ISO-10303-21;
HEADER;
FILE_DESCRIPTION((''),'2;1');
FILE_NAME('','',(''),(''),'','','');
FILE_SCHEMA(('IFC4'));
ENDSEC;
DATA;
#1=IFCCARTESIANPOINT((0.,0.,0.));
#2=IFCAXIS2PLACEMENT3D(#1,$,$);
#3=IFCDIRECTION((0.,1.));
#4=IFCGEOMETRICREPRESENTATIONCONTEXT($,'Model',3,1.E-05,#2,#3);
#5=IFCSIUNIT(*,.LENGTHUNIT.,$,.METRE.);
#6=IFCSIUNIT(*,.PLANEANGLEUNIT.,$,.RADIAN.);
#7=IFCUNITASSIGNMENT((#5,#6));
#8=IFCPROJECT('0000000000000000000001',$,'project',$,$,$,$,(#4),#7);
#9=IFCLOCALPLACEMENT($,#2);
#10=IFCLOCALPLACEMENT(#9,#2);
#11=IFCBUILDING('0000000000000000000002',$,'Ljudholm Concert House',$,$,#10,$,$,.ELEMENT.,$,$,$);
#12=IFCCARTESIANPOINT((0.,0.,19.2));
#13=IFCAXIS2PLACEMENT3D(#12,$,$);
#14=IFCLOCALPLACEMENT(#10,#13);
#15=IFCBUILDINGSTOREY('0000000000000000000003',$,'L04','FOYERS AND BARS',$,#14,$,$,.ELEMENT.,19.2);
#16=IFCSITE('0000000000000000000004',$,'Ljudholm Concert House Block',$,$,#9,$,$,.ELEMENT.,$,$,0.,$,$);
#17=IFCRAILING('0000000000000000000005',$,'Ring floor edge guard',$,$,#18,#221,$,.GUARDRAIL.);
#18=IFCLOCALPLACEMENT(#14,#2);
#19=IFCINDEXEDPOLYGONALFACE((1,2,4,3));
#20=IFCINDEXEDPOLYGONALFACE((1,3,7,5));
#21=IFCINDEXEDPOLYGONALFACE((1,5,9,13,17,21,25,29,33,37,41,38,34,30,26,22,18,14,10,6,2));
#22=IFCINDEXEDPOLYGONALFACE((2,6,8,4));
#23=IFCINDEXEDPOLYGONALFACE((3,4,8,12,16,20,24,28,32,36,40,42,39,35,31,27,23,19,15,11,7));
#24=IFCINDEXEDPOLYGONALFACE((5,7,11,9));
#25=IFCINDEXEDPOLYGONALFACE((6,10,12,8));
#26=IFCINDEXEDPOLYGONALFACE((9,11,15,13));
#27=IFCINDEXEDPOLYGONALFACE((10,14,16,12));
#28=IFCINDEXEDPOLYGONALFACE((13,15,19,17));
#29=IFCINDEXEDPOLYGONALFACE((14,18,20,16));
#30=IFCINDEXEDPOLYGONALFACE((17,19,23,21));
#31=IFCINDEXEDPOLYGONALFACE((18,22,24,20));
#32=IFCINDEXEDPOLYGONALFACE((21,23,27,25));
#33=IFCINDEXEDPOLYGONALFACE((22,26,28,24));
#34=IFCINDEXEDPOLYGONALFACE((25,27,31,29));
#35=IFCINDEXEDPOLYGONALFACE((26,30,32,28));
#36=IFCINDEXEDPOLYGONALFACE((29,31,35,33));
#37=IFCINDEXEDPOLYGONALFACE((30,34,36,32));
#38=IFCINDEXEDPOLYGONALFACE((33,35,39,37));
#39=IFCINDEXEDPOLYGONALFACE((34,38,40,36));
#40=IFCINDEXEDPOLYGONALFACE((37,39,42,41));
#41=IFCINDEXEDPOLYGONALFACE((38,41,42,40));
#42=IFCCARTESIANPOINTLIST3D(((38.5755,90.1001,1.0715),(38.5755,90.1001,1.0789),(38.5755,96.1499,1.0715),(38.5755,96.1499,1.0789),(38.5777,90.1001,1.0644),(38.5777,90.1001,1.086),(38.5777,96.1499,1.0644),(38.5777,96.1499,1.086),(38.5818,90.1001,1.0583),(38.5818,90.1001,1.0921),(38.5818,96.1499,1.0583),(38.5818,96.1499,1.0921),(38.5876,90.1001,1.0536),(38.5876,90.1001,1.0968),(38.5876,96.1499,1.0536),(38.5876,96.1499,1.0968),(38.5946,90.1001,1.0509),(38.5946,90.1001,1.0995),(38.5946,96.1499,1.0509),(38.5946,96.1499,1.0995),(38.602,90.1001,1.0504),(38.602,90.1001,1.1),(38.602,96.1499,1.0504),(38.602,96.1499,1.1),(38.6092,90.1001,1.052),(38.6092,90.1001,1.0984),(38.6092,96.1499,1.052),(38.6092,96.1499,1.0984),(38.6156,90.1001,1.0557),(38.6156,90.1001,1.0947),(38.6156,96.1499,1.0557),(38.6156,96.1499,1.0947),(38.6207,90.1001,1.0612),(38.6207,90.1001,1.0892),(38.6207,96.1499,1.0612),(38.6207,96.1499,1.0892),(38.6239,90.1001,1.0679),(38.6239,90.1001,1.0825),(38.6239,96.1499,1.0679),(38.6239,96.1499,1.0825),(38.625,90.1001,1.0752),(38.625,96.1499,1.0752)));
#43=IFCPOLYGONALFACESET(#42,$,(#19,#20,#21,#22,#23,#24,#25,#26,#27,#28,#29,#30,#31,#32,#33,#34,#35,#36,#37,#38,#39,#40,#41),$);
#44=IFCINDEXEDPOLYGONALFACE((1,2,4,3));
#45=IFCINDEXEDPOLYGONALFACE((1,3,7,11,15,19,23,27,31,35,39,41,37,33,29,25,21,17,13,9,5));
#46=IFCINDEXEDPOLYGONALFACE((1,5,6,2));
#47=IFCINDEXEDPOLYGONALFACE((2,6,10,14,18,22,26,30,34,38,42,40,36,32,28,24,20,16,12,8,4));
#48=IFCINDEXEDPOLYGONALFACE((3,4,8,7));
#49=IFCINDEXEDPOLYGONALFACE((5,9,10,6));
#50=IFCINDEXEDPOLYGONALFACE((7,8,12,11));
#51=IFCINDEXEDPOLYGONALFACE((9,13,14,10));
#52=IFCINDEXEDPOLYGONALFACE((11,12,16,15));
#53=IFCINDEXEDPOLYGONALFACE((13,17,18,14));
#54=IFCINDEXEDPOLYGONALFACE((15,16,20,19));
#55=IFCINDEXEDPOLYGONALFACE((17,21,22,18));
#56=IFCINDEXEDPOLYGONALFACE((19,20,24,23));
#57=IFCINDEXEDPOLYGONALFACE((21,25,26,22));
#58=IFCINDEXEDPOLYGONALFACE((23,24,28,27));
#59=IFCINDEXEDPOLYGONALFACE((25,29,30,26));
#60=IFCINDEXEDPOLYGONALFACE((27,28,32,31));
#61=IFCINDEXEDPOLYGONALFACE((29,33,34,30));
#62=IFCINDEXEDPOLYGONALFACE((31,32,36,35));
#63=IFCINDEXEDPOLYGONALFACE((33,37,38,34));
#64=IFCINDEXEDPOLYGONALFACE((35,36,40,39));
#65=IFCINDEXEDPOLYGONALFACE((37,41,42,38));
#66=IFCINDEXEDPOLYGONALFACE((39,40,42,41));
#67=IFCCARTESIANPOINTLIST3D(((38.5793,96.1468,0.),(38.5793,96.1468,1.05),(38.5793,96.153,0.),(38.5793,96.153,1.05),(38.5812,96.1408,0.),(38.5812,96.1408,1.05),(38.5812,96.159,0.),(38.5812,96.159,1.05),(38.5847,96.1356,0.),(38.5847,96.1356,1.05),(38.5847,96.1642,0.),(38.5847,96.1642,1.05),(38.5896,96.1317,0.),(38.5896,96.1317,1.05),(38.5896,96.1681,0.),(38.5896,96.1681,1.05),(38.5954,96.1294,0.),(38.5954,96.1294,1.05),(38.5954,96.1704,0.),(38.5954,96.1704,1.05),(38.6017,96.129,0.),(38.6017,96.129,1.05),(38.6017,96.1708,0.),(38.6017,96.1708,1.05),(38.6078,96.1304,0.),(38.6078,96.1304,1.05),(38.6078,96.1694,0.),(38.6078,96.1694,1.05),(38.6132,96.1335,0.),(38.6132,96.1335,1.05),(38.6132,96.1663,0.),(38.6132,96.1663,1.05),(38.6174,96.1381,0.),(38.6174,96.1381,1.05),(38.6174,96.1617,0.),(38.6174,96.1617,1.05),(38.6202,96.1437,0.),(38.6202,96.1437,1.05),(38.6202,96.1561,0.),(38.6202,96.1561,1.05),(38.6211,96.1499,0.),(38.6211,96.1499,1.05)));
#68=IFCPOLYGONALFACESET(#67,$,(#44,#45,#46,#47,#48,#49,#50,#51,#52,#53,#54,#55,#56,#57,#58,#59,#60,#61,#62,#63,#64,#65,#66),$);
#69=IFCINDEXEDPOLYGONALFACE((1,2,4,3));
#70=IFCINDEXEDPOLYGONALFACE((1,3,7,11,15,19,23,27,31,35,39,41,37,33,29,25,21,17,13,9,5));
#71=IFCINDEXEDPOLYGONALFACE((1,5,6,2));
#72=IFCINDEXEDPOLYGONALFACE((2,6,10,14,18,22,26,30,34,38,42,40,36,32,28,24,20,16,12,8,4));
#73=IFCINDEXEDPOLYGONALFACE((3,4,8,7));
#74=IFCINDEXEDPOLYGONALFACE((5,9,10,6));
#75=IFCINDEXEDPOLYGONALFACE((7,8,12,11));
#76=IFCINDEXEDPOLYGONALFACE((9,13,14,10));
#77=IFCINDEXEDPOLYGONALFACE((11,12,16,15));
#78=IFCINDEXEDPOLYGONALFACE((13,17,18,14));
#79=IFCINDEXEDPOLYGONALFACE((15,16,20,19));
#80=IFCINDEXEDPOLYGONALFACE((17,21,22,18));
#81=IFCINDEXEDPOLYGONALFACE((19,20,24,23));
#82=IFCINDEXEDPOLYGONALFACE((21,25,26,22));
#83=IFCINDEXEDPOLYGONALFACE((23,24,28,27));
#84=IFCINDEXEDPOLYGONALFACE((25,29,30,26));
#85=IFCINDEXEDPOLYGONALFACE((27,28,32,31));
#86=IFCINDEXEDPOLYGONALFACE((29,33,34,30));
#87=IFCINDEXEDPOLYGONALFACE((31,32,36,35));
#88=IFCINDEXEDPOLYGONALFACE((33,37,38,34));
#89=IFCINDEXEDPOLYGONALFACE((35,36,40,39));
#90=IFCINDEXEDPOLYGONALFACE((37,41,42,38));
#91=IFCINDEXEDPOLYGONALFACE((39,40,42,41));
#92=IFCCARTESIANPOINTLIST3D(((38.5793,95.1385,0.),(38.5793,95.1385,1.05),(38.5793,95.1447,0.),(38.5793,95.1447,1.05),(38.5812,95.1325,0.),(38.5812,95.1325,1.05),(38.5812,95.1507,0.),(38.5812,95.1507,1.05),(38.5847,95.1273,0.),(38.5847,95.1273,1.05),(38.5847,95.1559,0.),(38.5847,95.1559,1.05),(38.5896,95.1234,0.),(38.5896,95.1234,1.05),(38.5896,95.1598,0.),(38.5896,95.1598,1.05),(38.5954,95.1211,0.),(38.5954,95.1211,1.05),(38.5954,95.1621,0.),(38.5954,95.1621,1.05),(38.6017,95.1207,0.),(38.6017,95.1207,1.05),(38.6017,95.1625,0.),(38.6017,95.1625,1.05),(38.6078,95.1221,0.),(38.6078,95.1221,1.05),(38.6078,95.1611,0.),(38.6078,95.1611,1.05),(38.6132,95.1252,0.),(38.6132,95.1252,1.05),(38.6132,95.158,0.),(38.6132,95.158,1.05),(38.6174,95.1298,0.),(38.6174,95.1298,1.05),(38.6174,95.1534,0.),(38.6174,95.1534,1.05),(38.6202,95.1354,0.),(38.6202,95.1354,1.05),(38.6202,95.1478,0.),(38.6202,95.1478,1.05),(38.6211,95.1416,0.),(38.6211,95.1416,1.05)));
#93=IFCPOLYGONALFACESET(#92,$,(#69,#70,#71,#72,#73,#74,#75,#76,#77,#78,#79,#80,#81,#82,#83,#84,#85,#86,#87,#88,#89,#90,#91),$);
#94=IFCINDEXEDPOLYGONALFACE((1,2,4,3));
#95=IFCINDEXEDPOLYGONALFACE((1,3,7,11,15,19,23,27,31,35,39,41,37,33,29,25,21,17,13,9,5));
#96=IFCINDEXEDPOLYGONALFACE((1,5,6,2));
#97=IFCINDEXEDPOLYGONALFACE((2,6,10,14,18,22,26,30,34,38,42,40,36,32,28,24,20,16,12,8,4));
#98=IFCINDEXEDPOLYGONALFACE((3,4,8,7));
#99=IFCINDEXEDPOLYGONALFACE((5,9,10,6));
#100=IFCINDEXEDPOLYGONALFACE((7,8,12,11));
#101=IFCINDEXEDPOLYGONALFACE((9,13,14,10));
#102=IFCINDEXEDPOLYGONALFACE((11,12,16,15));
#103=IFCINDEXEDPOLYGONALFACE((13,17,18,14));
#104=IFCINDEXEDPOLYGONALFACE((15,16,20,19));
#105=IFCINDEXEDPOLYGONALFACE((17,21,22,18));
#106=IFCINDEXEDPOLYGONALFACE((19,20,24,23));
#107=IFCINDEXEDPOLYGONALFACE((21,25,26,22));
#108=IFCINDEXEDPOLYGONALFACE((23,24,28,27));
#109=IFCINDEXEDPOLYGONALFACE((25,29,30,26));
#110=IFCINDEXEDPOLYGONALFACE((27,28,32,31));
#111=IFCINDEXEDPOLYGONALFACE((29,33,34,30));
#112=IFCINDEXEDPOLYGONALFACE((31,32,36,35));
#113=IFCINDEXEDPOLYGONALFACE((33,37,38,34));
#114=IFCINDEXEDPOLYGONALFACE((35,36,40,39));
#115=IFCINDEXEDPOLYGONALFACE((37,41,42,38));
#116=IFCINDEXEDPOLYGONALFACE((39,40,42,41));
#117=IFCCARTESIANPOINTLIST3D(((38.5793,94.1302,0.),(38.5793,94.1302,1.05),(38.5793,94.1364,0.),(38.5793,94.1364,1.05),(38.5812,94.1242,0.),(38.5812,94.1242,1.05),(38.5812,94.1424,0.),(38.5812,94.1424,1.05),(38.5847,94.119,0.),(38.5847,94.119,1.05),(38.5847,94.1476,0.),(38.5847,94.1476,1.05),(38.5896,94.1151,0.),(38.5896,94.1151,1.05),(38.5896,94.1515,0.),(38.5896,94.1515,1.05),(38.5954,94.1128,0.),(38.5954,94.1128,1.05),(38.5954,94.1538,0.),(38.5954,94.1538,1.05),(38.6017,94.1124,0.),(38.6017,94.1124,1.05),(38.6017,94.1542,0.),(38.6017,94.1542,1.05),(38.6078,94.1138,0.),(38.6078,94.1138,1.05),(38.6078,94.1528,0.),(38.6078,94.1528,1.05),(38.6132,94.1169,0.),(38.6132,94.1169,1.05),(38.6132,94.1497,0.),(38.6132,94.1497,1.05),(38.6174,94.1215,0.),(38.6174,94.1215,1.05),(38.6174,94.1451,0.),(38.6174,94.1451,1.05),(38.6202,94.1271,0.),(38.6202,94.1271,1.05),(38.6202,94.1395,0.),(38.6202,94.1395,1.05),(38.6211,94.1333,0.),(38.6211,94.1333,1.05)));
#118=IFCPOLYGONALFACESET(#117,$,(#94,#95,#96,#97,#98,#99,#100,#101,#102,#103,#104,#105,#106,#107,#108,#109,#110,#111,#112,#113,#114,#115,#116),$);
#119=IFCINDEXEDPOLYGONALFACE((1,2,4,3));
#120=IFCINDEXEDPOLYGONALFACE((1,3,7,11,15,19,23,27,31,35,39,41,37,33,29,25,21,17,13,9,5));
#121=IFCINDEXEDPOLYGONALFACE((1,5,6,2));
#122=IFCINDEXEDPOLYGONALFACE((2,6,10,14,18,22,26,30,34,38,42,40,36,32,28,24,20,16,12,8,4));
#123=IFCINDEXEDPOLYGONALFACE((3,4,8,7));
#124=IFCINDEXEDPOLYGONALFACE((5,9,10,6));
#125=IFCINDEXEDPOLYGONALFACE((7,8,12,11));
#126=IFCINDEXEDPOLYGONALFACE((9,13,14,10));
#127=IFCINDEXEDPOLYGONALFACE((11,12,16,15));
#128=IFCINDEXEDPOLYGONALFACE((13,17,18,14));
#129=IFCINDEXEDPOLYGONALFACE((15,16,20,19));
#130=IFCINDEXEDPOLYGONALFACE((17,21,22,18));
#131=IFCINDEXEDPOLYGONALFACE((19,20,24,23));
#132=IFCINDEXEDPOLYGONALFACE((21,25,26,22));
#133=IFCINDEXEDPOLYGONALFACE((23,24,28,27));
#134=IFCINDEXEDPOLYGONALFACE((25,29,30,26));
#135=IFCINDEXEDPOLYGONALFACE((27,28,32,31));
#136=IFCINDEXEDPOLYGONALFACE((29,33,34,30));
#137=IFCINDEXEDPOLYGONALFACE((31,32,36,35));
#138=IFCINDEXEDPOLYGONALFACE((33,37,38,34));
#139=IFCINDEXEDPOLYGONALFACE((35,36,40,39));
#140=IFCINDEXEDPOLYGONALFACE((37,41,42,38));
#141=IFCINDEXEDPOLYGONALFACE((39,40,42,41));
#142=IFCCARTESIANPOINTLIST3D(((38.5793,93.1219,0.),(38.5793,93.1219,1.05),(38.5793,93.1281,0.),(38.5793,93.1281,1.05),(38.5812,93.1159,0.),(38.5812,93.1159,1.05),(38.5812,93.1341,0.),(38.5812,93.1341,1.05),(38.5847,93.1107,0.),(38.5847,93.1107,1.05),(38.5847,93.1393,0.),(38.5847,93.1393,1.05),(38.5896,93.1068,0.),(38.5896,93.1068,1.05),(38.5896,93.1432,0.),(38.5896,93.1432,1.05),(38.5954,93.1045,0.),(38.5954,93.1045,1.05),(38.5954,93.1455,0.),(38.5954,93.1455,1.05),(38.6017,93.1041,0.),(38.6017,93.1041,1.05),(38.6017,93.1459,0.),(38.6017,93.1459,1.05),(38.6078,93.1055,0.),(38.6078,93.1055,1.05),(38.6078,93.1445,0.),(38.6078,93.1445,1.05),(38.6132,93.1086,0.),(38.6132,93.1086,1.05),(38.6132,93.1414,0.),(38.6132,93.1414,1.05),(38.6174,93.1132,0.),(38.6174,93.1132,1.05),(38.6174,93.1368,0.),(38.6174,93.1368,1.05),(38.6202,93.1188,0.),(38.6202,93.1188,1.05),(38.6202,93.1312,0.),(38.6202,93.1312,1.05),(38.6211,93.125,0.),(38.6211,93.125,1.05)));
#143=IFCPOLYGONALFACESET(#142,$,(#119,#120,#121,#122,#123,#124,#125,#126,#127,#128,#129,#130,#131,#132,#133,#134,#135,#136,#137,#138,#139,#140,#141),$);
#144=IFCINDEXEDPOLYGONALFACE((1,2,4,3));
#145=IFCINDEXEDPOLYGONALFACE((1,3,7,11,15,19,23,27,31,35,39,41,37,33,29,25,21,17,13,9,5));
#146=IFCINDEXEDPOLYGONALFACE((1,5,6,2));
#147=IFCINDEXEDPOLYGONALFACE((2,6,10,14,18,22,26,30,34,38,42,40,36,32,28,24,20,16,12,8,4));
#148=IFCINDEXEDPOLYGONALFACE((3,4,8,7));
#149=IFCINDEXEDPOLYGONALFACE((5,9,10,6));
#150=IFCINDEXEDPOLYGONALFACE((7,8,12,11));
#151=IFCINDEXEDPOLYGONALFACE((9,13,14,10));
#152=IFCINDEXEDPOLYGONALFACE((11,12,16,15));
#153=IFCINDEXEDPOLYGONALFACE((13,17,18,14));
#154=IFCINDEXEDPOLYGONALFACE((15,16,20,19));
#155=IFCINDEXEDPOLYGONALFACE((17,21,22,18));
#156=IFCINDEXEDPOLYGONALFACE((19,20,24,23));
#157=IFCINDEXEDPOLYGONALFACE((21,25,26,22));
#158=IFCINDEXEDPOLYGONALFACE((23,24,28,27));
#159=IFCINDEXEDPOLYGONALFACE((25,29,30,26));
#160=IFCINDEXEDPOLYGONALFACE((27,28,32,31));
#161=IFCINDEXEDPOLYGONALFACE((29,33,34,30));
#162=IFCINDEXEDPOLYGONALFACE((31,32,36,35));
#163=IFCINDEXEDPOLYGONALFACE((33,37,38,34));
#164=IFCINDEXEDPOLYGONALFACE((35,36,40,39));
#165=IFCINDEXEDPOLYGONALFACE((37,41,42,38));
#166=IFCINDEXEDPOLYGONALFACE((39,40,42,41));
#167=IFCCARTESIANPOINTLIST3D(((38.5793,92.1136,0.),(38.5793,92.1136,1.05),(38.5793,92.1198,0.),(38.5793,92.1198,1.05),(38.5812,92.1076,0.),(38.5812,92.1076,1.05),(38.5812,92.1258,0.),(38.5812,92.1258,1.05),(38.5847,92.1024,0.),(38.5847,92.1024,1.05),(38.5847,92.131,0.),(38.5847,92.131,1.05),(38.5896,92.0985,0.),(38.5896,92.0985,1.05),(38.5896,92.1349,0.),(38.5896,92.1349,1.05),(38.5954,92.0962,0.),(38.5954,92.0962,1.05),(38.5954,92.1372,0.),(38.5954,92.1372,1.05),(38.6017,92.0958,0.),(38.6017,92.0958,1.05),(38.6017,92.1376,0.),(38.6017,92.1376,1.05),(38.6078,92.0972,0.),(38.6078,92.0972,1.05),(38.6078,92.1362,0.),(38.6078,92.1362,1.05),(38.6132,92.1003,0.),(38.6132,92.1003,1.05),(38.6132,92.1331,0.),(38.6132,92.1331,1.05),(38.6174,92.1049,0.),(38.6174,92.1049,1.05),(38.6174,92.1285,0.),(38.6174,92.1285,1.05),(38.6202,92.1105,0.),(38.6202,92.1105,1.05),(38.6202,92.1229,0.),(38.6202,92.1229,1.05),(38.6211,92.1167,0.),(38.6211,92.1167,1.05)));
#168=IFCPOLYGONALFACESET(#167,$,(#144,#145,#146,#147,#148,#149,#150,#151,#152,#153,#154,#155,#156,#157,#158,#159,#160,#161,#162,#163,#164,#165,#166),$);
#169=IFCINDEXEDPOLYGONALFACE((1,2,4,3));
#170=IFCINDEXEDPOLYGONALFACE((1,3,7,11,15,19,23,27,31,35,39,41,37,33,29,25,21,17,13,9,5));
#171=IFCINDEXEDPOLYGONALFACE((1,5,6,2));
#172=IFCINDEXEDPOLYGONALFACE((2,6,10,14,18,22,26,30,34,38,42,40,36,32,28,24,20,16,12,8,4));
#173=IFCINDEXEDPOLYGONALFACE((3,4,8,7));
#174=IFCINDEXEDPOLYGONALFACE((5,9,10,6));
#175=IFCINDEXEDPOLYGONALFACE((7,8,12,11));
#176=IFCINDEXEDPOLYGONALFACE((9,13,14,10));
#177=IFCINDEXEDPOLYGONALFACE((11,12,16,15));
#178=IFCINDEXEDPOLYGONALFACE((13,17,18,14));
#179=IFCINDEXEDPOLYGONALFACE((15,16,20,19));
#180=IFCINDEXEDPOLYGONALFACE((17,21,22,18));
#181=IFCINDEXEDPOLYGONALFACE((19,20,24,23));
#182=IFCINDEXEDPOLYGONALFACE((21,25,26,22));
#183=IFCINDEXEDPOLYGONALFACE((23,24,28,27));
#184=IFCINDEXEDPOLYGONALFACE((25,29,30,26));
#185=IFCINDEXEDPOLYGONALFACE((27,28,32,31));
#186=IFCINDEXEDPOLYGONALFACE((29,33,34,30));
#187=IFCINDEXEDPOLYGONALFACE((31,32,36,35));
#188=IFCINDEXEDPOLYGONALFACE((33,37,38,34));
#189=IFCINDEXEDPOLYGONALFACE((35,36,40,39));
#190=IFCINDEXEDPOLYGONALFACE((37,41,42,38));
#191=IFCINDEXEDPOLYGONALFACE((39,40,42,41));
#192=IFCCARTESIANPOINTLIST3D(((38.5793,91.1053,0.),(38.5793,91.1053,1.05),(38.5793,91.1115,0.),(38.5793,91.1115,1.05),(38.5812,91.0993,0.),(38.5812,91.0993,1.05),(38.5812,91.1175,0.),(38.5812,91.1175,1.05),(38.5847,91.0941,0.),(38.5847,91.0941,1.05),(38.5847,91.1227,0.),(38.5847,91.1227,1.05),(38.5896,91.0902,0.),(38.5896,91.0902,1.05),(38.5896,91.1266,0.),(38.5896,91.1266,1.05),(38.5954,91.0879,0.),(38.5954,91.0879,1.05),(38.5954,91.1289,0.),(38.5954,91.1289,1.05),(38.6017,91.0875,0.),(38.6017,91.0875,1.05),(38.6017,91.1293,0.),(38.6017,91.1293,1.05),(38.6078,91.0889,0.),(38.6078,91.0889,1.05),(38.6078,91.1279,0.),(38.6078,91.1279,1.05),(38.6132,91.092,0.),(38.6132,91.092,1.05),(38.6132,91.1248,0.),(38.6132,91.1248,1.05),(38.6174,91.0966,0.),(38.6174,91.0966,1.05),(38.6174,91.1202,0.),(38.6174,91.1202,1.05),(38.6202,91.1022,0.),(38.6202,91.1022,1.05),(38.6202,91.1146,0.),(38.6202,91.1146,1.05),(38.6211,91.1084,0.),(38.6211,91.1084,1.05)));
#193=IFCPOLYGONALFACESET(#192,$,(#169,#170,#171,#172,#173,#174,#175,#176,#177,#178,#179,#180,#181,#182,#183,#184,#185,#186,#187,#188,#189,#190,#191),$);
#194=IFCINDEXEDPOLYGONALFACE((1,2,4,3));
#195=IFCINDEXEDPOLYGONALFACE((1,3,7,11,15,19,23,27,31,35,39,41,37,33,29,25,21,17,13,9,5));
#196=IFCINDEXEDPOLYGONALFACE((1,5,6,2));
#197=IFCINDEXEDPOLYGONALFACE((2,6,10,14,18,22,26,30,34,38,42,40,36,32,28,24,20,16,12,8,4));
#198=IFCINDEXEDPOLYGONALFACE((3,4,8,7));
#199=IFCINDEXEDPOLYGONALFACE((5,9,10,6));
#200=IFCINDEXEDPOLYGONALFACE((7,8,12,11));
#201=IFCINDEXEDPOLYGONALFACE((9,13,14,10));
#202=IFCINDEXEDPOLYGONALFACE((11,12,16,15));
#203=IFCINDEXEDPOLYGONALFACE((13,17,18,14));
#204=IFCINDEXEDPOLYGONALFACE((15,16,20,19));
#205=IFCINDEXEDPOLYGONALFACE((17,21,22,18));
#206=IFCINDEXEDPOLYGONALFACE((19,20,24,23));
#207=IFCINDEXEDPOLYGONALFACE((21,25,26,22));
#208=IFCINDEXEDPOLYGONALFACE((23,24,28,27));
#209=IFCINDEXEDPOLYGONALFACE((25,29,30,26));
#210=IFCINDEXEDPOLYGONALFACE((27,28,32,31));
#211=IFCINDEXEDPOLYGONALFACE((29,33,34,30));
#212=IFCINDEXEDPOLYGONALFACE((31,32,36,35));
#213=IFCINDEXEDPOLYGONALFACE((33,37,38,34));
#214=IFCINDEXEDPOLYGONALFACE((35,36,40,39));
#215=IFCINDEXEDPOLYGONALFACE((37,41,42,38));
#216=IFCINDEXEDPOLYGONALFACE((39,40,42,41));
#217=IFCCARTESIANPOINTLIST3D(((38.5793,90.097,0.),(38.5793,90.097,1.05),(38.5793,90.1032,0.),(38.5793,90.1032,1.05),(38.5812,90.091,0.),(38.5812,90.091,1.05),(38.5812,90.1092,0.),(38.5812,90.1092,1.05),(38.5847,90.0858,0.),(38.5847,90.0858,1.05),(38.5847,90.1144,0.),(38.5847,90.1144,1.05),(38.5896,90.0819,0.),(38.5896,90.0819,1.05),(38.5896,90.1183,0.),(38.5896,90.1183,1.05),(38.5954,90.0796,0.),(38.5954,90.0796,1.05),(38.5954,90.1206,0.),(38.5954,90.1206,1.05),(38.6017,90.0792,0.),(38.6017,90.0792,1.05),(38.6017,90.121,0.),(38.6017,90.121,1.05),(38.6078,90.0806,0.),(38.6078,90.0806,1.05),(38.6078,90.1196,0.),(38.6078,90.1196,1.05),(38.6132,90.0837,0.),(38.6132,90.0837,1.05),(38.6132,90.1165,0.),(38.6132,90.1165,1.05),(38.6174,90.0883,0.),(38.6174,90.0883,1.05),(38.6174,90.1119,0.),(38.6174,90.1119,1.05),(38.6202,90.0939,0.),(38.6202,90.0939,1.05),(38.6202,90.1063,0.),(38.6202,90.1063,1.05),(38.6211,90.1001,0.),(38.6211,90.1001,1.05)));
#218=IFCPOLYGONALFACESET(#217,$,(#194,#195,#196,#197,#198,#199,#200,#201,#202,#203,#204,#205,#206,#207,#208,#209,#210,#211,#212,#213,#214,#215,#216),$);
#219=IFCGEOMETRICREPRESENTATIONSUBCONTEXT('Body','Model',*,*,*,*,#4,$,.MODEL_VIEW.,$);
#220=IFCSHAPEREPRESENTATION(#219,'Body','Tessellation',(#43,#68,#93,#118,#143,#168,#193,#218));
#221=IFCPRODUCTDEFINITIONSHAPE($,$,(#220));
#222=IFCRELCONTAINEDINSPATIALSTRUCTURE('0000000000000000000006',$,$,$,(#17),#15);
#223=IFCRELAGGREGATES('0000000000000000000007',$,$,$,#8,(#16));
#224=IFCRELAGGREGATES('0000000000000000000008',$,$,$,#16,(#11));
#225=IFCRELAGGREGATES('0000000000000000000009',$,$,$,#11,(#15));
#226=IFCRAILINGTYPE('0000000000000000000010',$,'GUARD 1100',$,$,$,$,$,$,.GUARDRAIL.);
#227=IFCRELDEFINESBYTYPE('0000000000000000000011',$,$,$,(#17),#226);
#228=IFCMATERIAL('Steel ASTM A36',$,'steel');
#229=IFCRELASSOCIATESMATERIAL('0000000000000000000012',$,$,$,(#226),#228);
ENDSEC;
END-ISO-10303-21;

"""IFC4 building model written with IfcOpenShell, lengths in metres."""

from ifc_helpers import new_model, si_unit, direction, frame, origin, origin_2d, place, context, subcontext, project, spatial, circle, extrude, material, type_object, element, save


model = new_model("IFC4")

# Units and contexts
model_context = context("Model", 3, precision=1e-05, world=origin(), true_north=direction((0.0, 1.0)))
body_context = subcontext(model_context, "Body", "Model", "MODEL_VIEW")
ifc_project = project(units=[si_unit("LENGTHUNIT", "METRE"), si_unit("PLANEANGLEUNIT", "RADIAN")], contexts=[model_context])

# Site, building, storey
site_placement = place(None, origin())
site = spatial("IfcSite", under=ifc_project, at=site_placement, Name="Ljudholm Concert House Block", CompositionType="ELEMENT", RefElevation=0.0)
building_placement = place(site_placement, origin())
building = spatial("IfcBuilding", under=site, at=building_placement, Name="Ljudholm Concert House", CompositionType="ELEMENT")
storey_placement = place(building_placement, frame((0.0, 0.0, 19.2)))
storey = spatial("IfcBuildingStorey", under=building, at=storey_placement, Name="L04", Description="FOYERS AND BARS", CompositionType="ELEMENT", Elevation=19.2)

# Railing
ifc_material_1 = material(Name="Steel ASTM A36", Category="steel")
railing_type = type_object("IfcRailingType", Name="GUARD 1100", PredefinedType="GUARDRAIL", material=ifc_material_1)
railing_placement = place(storey_placement, frame((38.6001, 96.1499, 0.0)))
element("IfcRailing", 1, at=railing_placement, inside=storey, type_object=railing_type, Name="Ring floor edge guard", PredefinedType="GUARDRAIL", context=body_context, shape_type="SweptSolid", body=[
    extrude(circle(Radius=0.0249, at=origin_2d()), frame((0.0, 0.0, 1.0752), z_axis=(0.0, -1.0, 0.0), x_axis=(1.0, 0.0, 0.0)), (0.0, 0.0, 1.0), 6.0498),
    extrude(circle(Radius=0.021, at=origin_2d()), origin(), (0.0, 0.0, 1.0), 1.05),
    extrude(circle(Radius=0.021, at=origin_2d()), frame((0.0, -1.0083, 0.0)), (0.0, 0.0, 1.0), 1.05),
    extrude(circle(Radius=0.021, at=origin_2d()), frame((0.0, -2.0166, 0.0)), (0.0, 0.0, 1.0), 1.05),
    extrude(circle(Radius=0.021, at=origin_2d()), frame((0.0, -3.0249, 0.0)), (0.0, 0.0, 1.0), 1.05),
    extrude(circle(Radius=0.021, at=origin_2d()), frame((0.0, -4.0332, 0.0)), (0.0, 0.0, 1.0), 1.05),
    extrude(circle(Radius=0.021, at=origin_2d()), frame((0.0, -5.0415, 0.0)), (0.0, 0.0, 1.0), 1.05),
    extrude(circle(Radius=0.021, at=origin_2d()), frame((0.0, -6.0498, 0.0)), (0.0, 0.0, 1.0), 1.05),
])

save(model, "model.ifc")
